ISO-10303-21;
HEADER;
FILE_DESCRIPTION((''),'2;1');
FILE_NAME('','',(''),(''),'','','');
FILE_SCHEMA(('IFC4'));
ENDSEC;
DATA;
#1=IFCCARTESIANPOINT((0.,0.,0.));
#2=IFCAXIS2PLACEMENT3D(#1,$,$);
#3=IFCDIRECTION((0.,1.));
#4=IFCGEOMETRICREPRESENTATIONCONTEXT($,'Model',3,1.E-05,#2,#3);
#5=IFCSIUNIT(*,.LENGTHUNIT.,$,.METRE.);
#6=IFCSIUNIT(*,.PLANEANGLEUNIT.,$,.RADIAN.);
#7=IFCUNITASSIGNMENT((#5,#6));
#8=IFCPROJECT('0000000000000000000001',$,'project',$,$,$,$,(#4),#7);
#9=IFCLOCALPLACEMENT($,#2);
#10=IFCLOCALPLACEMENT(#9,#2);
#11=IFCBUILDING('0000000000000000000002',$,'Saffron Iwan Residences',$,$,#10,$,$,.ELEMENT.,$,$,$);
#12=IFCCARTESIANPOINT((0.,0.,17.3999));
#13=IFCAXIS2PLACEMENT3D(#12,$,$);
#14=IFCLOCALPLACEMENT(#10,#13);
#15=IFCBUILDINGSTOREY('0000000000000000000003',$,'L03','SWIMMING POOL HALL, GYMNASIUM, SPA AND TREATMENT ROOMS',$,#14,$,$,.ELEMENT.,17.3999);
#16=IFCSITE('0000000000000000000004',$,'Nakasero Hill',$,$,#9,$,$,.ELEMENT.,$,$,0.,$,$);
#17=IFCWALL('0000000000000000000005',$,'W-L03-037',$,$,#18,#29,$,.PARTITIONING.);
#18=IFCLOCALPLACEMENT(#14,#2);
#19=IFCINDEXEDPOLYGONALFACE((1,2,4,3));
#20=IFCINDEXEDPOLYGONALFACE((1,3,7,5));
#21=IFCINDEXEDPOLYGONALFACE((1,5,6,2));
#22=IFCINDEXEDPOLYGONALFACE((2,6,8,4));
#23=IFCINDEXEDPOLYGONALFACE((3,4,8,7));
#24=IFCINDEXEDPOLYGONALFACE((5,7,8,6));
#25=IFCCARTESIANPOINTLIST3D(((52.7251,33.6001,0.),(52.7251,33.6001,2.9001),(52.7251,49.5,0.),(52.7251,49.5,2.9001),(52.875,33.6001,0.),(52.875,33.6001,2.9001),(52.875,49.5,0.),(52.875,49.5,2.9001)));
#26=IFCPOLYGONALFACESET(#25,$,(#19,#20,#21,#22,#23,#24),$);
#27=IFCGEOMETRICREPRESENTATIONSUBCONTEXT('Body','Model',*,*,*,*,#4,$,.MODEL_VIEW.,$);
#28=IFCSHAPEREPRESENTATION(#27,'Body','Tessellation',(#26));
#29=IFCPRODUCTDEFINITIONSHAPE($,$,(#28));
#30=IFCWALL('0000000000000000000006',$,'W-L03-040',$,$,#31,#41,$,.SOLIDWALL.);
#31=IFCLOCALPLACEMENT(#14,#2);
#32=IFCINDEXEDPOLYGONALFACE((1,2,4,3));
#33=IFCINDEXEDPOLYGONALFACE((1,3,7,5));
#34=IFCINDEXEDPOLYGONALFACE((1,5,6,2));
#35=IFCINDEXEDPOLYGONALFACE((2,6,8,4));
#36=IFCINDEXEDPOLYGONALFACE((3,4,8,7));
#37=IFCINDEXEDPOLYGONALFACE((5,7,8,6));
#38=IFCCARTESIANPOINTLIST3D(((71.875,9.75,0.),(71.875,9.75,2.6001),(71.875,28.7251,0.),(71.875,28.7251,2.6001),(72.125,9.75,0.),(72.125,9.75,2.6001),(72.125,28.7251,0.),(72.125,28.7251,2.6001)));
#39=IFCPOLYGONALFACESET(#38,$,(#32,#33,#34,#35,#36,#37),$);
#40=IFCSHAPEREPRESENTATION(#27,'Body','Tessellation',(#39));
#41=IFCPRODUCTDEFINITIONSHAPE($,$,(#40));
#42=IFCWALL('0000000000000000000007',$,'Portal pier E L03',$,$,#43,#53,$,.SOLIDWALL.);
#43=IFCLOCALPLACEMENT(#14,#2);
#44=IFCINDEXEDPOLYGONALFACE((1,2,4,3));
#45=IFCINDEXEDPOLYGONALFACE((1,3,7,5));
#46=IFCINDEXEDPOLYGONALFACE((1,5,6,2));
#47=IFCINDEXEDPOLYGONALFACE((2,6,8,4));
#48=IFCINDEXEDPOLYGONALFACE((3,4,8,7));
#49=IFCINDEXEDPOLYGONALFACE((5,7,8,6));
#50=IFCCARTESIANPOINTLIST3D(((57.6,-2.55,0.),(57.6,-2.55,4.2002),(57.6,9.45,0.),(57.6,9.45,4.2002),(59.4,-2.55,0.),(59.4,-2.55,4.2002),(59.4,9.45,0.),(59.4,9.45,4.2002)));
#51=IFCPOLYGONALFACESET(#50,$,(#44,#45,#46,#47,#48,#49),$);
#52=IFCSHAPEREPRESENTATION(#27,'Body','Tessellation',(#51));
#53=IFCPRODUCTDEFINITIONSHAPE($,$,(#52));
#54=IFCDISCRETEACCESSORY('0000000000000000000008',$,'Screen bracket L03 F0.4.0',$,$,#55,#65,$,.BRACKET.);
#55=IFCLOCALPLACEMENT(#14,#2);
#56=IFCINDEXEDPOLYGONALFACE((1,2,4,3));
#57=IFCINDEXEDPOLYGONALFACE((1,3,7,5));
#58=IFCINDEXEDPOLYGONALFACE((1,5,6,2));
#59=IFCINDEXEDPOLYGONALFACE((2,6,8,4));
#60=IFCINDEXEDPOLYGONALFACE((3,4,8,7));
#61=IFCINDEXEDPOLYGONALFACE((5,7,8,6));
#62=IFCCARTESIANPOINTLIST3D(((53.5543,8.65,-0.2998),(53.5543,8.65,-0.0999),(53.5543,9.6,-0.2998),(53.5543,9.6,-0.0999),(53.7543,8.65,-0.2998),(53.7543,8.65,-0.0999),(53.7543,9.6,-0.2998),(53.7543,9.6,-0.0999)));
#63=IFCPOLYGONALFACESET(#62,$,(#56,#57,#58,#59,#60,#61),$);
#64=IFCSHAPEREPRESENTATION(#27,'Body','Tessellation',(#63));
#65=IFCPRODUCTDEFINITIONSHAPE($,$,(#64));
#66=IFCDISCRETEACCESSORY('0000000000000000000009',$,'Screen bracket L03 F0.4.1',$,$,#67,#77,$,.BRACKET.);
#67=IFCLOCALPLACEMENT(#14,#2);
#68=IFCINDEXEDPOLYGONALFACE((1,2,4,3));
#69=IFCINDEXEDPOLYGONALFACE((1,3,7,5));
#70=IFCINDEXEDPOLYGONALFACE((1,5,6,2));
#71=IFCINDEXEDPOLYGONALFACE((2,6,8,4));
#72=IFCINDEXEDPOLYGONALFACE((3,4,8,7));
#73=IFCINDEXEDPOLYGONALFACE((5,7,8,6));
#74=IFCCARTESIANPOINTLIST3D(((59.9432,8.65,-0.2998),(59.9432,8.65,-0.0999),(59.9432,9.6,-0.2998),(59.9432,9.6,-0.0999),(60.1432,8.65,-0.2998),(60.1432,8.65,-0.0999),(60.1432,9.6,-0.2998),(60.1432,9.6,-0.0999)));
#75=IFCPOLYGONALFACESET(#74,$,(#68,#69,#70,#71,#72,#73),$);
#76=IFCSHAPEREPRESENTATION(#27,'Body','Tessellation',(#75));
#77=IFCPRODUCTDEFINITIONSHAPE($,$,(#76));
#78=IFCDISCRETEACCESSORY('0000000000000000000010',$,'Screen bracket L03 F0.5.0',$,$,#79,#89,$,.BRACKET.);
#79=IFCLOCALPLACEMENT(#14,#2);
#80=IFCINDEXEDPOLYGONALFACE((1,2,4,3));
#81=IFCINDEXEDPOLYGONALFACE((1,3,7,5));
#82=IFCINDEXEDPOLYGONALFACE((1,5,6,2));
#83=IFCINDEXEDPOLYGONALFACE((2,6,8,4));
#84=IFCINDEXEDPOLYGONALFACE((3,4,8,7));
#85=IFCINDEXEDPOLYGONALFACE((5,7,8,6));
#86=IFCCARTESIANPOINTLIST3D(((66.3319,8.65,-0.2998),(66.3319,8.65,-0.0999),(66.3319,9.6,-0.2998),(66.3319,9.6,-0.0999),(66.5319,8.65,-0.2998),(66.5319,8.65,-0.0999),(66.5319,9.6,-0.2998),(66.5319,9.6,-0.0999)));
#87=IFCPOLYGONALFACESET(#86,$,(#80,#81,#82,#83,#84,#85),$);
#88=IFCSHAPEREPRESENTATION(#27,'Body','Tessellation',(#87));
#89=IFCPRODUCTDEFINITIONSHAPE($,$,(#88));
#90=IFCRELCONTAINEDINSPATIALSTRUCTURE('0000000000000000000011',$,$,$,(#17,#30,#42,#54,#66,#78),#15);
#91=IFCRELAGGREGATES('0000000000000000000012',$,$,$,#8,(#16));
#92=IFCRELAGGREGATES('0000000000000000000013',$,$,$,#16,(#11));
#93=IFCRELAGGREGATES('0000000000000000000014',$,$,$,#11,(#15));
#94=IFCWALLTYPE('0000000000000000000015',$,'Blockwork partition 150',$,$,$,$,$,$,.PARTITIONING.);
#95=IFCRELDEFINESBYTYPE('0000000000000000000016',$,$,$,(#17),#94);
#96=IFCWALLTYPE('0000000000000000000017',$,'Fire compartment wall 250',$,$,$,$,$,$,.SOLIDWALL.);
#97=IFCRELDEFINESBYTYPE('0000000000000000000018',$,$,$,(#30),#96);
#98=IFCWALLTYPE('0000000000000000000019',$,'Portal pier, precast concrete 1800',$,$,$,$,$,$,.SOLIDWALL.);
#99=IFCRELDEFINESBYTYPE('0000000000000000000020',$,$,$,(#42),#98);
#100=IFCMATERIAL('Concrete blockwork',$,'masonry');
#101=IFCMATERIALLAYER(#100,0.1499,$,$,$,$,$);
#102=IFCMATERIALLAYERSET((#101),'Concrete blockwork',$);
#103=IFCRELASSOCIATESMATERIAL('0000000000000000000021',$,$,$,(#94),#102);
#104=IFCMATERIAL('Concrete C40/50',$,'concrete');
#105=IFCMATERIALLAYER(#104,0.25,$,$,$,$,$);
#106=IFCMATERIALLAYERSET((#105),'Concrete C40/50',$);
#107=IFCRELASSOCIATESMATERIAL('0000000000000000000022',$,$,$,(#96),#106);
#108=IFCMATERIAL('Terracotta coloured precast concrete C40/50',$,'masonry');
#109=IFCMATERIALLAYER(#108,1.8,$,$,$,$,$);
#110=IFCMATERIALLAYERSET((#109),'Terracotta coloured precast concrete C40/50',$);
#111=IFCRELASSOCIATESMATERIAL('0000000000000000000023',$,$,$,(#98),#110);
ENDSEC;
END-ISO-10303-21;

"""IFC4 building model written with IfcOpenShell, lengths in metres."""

from ifc_helpers import new_model, si_unit, direction, frame, frame_2d, origin, origin_2d, place, context, subcontext, project, spatial, rectangle, extrude, source, transform, mapped, material, layer, layer_set, type_object, element, save


model = new_model("IFC4")

# Units and contexts
model_context = context("Model", 3, precision=1e-05, world=origin(), true_north=direction((0.0, 1.0)))
body_context = subcontext(model_context, "Body", "Model", "MODEL_VIEW")
ifc_project = project(units=[si_unit("LENGTHUNIT", "METRE"), si_unit("PLANEANGLEUNIT", "RADIAN")], contexts=[model_context])

# Site, building, storey
site_placement = place(None, origin())
site = spatial("IfcSite", under=ifc_project, at=site_placement, Name="Nakasero Hill", CompositionType="ELEMENT", RefElevation=0.0)
building_placement = place(site_placement, origin())
building = spatial("IfcBuilding", under=site, at=building_placement, Name="Saffron Iwan Residences", CompositionType="ELEMENT")
storey_placement = place(building_placement, frame((0.0, 0.0, 17.3999)))
storey = spatial("IfcBuildingStorey", under=building, at=storey_placement, Name="L03", Description="SWIMMING POOL HALL, GYMNASIUM, SPA AND TREATMENT ROOMS", CompositionType="ELEMENT", Elevation=17.3999)

# Walls
ifc_material_1 = material(Name="Concrete blockwork", Category="masonry")
ifc_layer_1 = layer(ifc_material_1, 0.1499)
ifc_layer_set_1 = layer_set([ifc_layer_1], Name="Concrete blockwork")
wall_type_1 = type_object("IfcWallType", Name="Blockwork partition 150", PredefinedType="PARTITIONING", material=ifc_layer_set_1)
wall_1_placement = place(storey_placement, frame((52.8, 33.6001, 0.0), z_axis=(0.0, 0.0, 1.0), x_axis=(0.0, 1.0, 0.0)))
element("IfcWall", 1, at=wall_1_placement, inside=storey, type_object=wall_type_1, Name="W-L03-037", PredefinedType="PARTITIONING", context=body_context, shape_type="SweptSolid", body=[
    extrude(rectangle(XDim=15.8999, YDim=0.1499, at=frame_2d((7.95, 0.0))), origin(), (0.0, 0.0, 1.0), 2.9001),
])
ifc_material_2 = material(Name="Concrete C40/50", Category="concrete")
ifc_layer_2 = layer(ifc_material_2, 0.25)
ifc_layer_set_2 = layer_set([ifc_layer_2], Name="Concrete C40/50")
wall_type_2 = type_object("IfcWallType", Name="Fire compartment wall 250", PredefinedType="SOLIDWALL", material=ifc_layer_set_2)
wall_2_placement = place(storey_placement, frame((72.0, 9.75, 0.0), z_axis=(0.0, 0.0, 1.0), x_axis=(0.0, 1.0, 0.0)))
element("IfcWall", 2, at=wall_2_placement, inside=storey, type_object=wall_type_2, Name="W-L03-040", PredefinedType="SOLIDWALL", context=body_context, shape_type="SweptSolid", body=[
    extrude(rectangle(XDim=18.9751, YDim=0.25, at=frame_2d((9.4875, 0.0))), origin(), (0.0, 0.0, 1.0), 2.6001),
])
ifc_material_3 = material(Name="Terracotta coloured precast concrete C40/50", Category="masonry")
ifc_layer_3 = layer(ifc_material_3, 1.8)
ifc_layer_set_3 = layer_set([ifc_layer_3], Name="Terracotta coloured precast concrete C40/50")
wall_type_3 = type_object("IfcWallType", Name="Portal pier, precast concrete 1800", PredefinedType="SOLIDWALL", material=ifc_layer_set_3)
wall_3_placement = place(storey_placement, frame((58.5, -2.55, 0.0), z_axis=(0.0, 0.0, 1.0), x_axis=(0.0, 1.0, 0.0)))
element("IfcWall", 3, at=wall_3_placement, inside=storey, type_object=wall_type_3, Name="Portal pier E L03", PredefinedType="SOLIDWALL", context=body_context, shape_type="SweptSolid", body=[
    extrude(rectangle(XDim=12.0, YDim=1.8, at=frame_2d((6.0, 0.0))), origin(), (0.0, 0.0, 1.0), 4.2002),
])

# Discrete accessories
shared_shape_1 = source(origin(), body_context, "Body", "SweptSolid", [
    extrude(rectangle(XDim=0.95, YDim=0.2, at=origin_2d()), origin(), (0.0, 0.0, 1.0), 0.2),
])
for number, where, z_axis, x_axis, name in (
    (4, (53.6543, 9.125, -0.2998), (0.0, 0.0, 1.0), (0.0, -1.0, 0.0), "Screen bracket L03 F0.4.0"),
    (5, (60.0432, 9.125, -0.2998), (0.0, 0.0, 1.0), (0.0, -1.0, 0.0), "Screen bracket L03 F0.4.1"),
    (6, (66.4319, 9.125, -0.2998), (0.0, 0.0, 1.0), (0.0, -1.0, 0.0), "Screen bracket L03 F0.5.0"),
):
    element("IfcDiscreteAccessory", number, at=place(storey_placement, frame(where, z_axis=z_axis, x_axis=x_axis)), inside=storey, Name=name, PredefinedType="BRACKET", context=body_context, shape_type="MappedRepresentation", body=[
        mapped(shared_shape_1, transform((0.0, 0.0, 0.0))),
    ])

save(model, "model.ifc")
